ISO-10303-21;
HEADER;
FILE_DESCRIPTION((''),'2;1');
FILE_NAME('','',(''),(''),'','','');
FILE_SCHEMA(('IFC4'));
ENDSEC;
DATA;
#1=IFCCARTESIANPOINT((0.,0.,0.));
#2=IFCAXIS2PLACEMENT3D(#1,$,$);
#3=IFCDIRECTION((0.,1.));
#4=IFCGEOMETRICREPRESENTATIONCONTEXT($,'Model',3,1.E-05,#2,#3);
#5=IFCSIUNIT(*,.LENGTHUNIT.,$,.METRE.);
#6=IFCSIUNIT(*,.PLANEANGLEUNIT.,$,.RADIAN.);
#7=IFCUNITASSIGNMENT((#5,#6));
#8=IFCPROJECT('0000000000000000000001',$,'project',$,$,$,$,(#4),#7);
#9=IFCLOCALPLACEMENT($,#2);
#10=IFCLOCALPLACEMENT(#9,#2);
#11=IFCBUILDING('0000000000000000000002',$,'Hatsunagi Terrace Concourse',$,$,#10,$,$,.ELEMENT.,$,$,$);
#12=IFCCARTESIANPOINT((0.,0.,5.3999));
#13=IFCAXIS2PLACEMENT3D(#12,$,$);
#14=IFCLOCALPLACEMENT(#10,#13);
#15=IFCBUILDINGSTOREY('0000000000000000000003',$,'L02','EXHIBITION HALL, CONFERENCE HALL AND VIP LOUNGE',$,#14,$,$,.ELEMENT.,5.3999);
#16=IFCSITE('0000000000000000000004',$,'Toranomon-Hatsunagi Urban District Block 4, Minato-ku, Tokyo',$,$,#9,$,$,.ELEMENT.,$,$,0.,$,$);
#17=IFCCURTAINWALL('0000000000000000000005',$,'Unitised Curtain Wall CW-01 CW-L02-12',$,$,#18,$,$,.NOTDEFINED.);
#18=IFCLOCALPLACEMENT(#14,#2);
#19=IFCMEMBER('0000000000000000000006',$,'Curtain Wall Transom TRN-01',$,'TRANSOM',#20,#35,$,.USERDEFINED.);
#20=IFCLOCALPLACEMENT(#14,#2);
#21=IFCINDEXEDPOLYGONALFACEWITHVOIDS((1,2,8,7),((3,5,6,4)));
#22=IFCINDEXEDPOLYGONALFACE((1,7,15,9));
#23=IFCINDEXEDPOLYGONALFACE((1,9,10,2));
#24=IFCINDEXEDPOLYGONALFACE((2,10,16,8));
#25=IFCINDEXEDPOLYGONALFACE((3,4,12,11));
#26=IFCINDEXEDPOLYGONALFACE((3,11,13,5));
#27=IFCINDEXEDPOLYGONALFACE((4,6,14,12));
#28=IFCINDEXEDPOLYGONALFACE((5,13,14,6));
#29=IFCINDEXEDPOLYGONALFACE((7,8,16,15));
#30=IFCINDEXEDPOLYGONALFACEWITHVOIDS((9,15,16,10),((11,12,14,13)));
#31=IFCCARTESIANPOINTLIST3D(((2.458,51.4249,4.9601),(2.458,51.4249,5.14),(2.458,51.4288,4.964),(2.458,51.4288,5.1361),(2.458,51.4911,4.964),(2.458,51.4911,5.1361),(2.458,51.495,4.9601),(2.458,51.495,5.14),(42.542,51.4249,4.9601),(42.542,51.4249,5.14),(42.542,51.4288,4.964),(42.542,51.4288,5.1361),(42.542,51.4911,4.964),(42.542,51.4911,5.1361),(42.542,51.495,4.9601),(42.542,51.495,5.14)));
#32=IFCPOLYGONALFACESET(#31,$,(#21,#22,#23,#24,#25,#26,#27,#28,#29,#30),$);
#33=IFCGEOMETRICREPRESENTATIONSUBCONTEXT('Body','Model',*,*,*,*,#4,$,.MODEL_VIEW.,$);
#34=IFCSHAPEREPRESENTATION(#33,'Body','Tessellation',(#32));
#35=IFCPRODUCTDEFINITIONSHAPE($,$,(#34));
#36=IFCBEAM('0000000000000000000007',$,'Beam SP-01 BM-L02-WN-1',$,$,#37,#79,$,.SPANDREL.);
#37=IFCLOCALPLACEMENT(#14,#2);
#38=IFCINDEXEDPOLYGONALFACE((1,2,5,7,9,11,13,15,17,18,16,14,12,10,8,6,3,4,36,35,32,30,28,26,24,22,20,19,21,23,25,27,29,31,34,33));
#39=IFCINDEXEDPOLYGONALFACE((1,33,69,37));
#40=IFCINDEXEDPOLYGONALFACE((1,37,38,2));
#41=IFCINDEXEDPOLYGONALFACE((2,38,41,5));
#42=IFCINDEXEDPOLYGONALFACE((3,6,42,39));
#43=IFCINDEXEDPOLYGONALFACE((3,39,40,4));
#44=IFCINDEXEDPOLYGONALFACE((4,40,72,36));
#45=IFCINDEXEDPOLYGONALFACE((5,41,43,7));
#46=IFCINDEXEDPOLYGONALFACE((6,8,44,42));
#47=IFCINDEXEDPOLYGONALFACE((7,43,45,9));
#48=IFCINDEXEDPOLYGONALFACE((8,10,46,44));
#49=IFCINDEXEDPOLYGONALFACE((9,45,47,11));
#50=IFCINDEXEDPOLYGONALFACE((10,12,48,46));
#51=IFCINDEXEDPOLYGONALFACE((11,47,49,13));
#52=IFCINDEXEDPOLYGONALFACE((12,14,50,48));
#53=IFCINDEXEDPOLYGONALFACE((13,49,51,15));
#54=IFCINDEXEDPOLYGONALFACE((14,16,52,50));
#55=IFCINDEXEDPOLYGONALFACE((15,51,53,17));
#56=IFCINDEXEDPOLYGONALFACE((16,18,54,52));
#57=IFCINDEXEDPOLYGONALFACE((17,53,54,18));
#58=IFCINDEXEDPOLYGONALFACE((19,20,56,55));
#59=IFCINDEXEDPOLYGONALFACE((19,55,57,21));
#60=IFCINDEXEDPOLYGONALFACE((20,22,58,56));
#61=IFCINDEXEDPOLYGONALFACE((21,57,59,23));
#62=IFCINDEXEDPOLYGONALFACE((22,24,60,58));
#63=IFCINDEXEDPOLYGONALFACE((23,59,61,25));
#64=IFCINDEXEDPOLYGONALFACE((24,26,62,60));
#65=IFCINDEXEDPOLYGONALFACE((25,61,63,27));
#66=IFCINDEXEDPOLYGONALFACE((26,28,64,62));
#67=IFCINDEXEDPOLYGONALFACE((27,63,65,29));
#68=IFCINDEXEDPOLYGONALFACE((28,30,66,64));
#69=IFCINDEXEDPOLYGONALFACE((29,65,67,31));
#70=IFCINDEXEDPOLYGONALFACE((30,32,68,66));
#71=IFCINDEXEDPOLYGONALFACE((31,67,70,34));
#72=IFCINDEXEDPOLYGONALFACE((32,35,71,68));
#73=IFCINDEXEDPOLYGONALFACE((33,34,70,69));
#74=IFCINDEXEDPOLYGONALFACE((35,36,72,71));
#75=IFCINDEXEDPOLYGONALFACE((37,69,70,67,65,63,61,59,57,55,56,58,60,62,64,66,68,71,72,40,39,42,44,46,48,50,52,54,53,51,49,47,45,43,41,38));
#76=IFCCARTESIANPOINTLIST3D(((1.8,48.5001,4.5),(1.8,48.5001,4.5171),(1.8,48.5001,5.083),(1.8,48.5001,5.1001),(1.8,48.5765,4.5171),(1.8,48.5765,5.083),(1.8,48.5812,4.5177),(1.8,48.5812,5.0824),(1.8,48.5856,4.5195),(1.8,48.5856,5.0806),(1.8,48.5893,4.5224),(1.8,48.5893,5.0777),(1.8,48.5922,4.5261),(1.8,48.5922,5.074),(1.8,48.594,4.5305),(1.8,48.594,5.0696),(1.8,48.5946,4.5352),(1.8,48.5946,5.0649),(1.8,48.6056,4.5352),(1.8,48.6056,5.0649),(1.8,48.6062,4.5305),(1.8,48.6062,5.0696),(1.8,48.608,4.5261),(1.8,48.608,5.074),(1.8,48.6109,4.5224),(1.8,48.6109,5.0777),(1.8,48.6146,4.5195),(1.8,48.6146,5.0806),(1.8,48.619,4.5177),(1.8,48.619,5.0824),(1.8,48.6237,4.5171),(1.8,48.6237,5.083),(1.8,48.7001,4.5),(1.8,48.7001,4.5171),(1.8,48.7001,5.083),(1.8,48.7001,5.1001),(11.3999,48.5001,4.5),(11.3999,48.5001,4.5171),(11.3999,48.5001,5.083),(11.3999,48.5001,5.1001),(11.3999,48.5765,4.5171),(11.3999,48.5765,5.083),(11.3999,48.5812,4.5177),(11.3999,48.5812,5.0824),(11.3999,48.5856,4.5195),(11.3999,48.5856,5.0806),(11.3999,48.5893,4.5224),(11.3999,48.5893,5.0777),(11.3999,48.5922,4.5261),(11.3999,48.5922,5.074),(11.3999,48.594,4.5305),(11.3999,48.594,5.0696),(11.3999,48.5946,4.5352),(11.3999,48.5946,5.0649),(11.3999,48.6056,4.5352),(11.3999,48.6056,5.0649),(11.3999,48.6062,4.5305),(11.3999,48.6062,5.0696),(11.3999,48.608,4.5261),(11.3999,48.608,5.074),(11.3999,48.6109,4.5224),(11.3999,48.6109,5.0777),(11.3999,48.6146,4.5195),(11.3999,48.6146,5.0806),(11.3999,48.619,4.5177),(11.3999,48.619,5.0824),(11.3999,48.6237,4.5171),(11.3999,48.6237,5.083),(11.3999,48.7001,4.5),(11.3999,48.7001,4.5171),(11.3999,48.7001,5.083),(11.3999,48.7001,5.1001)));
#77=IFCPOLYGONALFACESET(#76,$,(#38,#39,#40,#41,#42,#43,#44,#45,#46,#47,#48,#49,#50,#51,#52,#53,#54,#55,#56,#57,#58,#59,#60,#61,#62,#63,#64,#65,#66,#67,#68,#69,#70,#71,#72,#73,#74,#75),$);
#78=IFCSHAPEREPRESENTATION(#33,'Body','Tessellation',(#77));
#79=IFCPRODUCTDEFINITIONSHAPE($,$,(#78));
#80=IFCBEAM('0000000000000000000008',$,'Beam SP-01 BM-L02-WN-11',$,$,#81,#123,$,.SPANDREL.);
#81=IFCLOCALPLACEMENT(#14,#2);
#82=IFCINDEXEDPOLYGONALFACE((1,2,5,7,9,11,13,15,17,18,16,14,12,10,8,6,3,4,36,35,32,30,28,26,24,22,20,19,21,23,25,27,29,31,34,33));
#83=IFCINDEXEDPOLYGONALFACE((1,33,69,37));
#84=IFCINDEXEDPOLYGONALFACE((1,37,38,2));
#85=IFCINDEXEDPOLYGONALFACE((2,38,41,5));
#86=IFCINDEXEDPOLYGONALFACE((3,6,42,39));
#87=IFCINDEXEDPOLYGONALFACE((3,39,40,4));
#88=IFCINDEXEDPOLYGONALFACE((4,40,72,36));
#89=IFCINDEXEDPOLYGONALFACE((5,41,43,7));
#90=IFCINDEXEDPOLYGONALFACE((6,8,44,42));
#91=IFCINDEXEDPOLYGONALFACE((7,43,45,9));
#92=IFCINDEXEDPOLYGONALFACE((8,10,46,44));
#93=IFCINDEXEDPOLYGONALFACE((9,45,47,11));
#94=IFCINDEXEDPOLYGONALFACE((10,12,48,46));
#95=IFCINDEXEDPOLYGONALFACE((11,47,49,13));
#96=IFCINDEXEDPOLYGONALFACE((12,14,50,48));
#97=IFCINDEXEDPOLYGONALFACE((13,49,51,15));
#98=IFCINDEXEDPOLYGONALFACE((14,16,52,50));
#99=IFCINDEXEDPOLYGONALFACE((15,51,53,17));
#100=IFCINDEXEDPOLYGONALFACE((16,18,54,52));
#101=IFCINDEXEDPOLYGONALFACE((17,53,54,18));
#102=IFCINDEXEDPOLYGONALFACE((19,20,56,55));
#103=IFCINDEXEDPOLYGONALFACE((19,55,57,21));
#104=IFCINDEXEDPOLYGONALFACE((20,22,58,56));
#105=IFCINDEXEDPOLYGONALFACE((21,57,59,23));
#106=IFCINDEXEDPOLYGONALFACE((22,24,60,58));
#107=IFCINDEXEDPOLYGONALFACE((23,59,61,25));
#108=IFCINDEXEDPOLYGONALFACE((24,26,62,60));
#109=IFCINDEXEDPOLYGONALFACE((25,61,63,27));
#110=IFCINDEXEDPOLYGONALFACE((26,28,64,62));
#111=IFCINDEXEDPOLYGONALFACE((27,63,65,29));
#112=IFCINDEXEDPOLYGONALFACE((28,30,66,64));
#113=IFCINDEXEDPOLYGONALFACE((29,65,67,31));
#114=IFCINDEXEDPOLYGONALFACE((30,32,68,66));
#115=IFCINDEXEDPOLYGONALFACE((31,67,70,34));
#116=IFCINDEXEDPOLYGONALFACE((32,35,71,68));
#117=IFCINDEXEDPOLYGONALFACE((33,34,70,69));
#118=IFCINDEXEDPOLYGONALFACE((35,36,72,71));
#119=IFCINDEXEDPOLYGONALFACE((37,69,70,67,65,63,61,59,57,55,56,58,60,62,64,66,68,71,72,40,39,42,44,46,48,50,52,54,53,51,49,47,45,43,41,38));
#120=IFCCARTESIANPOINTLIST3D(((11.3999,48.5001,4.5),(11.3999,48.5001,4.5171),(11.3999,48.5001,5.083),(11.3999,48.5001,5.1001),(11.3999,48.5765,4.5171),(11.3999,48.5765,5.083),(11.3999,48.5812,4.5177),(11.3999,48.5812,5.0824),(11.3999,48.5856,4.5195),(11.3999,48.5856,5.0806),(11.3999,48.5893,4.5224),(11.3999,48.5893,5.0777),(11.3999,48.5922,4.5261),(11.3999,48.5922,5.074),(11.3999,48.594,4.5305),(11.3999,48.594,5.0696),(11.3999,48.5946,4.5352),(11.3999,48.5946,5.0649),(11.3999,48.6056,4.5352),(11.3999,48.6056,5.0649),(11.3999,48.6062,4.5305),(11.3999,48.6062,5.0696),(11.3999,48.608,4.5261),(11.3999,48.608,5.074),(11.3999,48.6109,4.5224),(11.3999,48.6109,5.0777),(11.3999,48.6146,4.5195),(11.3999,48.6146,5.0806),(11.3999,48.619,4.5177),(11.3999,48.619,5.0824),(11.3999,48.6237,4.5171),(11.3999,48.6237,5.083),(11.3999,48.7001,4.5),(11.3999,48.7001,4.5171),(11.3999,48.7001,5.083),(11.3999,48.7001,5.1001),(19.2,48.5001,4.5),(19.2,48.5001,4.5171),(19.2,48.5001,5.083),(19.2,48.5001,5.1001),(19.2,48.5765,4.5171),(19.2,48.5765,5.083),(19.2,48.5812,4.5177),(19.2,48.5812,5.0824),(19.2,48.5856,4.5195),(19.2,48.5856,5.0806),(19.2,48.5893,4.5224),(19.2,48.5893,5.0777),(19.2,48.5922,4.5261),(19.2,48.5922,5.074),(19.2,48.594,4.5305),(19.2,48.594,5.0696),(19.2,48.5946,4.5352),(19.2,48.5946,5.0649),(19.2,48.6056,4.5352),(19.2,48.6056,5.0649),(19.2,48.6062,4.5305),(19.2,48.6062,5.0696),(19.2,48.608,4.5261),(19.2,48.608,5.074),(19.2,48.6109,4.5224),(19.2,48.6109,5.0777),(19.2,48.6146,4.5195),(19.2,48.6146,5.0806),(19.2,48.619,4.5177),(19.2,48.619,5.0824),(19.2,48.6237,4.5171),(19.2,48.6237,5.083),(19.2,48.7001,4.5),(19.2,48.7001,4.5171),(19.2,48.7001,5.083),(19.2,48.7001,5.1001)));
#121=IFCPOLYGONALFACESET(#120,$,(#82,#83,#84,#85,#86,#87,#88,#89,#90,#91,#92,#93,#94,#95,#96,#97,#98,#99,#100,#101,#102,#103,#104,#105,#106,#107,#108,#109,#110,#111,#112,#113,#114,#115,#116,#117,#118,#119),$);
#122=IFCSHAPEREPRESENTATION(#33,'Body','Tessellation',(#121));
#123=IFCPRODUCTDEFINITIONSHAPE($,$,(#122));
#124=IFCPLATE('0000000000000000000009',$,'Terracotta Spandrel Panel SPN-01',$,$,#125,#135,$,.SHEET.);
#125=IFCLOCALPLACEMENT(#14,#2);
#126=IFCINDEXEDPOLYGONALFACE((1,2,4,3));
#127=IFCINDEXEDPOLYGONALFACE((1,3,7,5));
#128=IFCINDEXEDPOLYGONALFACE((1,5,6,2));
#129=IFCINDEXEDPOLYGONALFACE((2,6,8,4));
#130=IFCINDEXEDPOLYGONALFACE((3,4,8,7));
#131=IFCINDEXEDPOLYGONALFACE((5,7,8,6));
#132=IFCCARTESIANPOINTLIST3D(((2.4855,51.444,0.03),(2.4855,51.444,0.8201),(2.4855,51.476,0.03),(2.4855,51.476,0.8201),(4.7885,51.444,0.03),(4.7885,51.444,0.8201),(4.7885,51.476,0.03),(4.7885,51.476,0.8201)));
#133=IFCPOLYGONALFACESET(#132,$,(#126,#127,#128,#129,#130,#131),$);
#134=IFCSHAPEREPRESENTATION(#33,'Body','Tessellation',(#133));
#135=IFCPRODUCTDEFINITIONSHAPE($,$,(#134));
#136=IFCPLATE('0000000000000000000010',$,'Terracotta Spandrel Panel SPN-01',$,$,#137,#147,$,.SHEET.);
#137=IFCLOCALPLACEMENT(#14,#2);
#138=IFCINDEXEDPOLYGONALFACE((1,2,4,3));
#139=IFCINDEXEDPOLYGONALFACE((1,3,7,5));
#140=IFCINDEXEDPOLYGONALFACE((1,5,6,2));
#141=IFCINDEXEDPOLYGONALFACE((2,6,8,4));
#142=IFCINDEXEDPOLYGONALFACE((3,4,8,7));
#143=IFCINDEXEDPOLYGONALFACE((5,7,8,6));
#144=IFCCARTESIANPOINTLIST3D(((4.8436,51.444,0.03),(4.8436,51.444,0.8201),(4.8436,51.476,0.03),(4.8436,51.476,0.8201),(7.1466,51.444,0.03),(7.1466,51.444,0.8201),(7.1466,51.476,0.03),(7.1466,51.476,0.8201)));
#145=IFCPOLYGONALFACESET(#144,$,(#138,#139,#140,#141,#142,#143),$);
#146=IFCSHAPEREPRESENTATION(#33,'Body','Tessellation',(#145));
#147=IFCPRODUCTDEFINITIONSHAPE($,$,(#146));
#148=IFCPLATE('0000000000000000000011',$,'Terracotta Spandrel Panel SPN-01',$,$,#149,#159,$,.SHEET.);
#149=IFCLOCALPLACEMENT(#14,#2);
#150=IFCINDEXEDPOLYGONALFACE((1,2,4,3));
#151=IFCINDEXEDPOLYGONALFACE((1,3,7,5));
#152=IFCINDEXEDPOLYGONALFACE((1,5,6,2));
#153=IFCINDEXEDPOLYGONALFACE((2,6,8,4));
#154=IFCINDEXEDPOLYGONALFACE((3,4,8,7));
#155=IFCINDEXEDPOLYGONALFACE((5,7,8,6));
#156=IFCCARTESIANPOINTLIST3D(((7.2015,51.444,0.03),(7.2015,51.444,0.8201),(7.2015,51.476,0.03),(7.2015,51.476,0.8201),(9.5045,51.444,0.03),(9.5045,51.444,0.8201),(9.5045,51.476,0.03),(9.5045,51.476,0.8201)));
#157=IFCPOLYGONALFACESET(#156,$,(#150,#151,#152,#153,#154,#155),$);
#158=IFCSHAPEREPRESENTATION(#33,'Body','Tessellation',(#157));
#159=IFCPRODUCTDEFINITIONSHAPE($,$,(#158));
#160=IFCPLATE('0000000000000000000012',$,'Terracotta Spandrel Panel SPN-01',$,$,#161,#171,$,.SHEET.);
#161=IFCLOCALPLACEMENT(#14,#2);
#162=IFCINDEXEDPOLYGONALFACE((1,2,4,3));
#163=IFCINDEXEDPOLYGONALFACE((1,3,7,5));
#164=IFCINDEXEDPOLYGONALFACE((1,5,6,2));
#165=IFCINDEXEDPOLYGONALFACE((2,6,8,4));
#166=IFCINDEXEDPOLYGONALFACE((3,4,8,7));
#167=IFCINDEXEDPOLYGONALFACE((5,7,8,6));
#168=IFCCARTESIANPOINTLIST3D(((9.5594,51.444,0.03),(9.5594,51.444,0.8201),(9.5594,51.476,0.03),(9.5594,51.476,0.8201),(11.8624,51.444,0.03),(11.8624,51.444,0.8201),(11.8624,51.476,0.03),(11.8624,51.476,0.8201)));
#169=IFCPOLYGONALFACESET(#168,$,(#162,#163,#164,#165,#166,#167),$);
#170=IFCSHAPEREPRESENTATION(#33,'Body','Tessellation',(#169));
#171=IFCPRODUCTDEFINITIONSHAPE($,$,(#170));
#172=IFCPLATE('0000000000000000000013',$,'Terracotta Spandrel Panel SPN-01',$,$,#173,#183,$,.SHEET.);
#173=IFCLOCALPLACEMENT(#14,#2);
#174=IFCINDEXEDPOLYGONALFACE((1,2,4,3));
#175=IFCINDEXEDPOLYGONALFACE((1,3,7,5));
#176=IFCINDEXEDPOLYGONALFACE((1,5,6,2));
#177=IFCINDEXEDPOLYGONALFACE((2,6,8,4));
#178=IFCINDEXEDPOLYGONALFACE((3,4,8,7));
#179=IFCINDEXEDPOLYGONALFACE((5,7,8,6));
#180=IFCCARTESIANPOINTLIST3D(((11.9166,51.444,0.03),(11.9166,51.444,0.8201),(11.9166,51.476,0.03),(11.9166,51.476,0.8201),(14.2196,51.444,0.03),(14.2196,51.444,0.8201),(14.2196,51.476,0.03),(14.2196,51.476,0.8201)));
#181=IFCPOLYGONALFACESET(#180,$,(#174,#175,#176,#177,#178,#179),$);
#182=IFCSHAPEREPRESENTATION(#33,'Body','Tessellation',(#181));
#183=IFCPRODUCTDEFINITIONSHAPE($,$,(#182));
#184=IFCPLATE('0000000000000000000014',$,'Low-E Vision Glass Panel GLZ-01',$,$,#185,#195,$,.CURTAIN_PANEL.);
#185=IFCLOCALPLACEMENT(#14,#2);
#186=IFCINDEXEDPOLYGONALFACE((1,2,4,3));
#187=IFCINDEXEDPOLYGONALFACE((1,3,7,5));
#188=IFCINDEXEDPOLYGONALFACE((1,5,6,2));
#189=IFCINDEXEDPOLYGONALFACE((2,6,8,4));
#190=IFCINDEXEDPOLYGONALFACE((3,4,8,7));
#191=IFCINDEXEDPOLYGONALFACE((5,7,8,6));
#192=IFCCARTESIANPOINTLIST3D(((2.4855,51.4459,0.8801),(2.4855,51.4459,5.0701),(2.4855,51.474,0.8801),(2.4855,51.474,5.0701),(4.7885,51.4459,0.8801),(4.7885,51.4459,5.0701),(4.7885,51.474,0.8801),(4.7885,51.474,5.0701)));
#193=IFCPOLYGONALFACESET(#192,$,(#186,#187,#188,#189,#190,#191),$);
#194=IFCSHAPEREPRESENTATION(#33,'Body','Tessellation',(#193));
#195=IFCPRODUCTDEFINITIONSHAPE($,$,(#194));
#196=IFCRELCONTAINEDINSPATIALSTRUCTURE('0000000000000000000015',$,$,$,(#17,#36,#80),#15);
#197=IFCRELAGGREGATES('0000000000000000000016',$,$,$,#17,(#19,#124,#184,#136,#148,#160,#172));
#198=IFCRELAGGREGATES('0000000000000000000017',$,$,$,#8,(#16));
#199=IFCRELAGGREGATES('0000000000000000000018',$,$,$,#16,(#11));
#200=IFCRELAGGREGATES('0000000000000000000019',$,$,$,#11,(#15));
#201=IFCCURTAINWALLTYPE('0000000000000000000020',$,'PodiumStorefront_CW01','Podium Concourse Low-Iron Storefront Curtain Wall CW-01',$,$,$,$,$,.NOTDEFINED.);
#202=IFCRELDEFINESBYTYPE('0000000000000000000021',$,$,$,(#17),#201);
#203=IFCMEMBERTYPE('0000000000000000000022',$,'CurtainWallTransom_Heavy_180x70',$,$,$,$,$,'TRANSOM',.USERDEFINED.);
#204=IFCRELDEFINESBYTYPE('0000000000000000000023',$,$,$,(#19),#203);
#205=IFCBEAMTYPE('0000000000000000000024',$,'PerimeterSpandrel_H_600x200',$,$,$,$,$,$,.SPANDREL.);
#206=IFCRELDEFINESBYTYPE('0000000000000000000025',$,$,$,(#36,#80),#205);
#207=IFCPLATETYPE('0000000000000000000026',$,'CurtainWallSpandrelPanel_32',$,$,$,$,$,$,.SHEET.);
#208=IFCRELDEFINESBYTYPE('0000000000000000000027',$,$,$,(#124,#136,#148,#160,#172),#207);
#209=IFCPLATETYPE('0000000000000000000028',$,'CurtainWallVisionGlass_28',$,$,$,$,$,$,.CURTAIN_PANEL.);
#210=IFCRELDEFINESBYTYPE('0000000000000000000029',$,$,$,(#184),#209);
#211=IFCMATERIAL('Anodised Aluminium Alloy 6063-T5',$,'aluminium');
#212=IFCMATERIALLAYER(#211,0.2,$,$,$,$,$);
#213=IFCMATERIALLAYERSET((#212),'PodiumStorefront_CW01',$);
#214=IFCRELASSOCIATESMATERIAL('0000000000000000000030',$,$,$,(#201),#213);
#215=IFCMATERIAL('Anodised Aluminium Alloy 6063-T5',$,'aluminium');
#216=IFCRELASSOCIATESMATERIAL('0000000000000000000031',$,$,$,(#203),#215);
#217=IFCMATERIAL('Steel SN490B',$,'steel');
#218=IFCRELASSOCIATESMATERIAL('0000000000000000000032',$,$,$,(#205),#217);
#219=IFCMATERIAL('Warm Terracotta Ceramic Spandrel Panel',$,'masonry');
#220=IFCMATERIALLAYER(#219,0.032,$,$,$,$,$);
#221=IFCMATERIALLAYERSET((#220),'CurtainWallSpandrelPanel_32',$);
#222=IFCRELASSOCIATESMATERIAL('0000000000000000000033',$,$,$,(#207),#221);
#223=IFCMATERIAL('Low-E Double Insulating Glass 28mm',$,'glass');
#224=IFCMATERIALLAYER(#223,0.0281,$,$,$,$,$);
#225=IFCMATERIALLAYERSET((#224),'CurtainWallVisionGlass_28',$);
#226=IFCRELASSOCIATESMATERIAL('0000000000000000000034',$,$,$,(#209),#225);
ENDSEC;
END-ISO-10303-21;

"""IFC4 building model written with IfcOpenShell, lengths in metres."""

from ifc_helpers import new_model, si_unit, direction, frame, origin, origin_2d, place, context, subcontext, project, spatial, rectangle, hollow_rectangle, i_section, extrude, material, layer, layer_set, material_profile, profile_set, type_object, element, aggregate, save


model = new_model("IFC4")

# Units and contexts
model_context = context("Model", 3, precision=1e-05, world=origin(), true_north=direction((0.0, 1.0)))
body_context = subcontext(model_context, "Body", "Model", "MODEL_VIEW")
ifc_project = project(units=[si_unit("LENGTHUNIT", "METRE"), si_unit("PLANEANGLEUNIT", "RADIAN")], contexts=[model_context])

# Site, building, storey
site_placement = place(None, origin())
site = spatial("IfcSite", under=ifc_project, at=site_placement, Name="Toranomon-Hatsunagi Urban District Block 4, Minato-ku, Tokyo", CompositionType="ELEMENT", RefElevation=0.0)
building_placement = place(site_placement, origin())
building = spatial("IfcBuilding", under=site, at=building_placement, Name="Hatsunagi Terrace Concourse", CompositionType="ELEMENT")
storey_placement = place(building_placement, frame((0.0, 0.0, 5.3999)))
storey = spatial("IfcBuildingStorey", under=building, at=storey_placement, Name="L02", Description="EXHIBITION HALL, CONFERENCE HALL AND VIP LOUNGE", CompositionType="ELEMENT", Elevation=5.3999)

# Shared definitions
ifc_material_1 = material(Name="Anodised Aluminium Alloy 6063-T5", Category="aluminium")
ifc_layer_1 = layer(ifc_material_1, 0.2)
ifc_layer_set_1 = layer_set([ifc_layer_1], Name="PodiumStorefront_CW01")
curtain_wall_type = type_object("IfcCurtainWallType", Name="PodiumStorefront_CW01", Description="Podium Concourse Low-Iron Storefront Curtain Wall CW-01", PredefinedType="NOTDEFINED", material=ifc_layer_set_1)

# Curtain wall, member
curtain_wall_1_placement = place(storey_placement, origin())
curtain_wall_1 = element("IfcCurtainWall", 1, at=curtain_wall_1_placement, inside=storey, type_object=curtain_wall_type, Name="Unitised Curtain Wall CW-01 CW-L02-12", PredefinedType="NOTDEFINED")
ifc_material_2 = material(Name="Anodised Aluminium Alloy 6063-T5", Category="aluminium")
ifc_material_profile_1 = material_profile(ifc_material_2, hollow_rectangle(XDim=0.0701, YDim=0.1799, WallThickness=0.0039, at=origin_2d()), Name="ALU-TRN-180x70x4")
ifc_profile_set_1 = profile_set([ifc_material_profile_1], Name="Anodised Aluminium Alloy 6063-T5")
member_type_1 = type_object("IfcMemberType", Name="CurtainWallTransom_Heavy_180x70", ElementType="TRANSOM", PredefinedType="USERDEFINED", material=ifc_profile_set_1)
member_1_placement = place(storey_placement, frame((2.458, 51.46, 5.05), z_axis=(1.0, 0.0, 0.0), x_axis=(0.0, 1.0, 0.0)))
member_1 = element("IfcMember", 2, at=member_1_placement, type_object=member_type_1, Name="Curtain Wall Transom TRN-01", ObjectType="TRANSOM", PredefinedType="USERDEFINED", context=body_context, shape_type="SweptSolid", body=[
    extrude(hollow_rectangle(XDim=0.0701, YDim=0.1799, WallThickness=0.0039, at=origin_2d()), origin(), (0.0, 0.0, 1.0), 40.084),
])

# Beams
ifc_material_3 = material(Name="Steel SN490B", Category="steel")
ifc_material_profile_2 = material_profile(ifc_material_3, i_section(OverallWidth=0.2, OverallDepth=0.6001, WebThickness=0.011, FlangeThickness=0.0171, FilletRadius=0.0181, at=origin_2d()), Name="H-600x200x11x17")
ifc_profile_set_2 = profile_set([ifc_material_profile_2], Name="Steel SN490B")
beam_type = type_object("IfcBeamType", Name="PerimeterSpandrel_H_600x200", PredefinedType="SPANDREL", material=ifc_profile_set_2)
beam_1_placement = place(storey_placement, frame((1.8, 48.6001, 4.8), z_axis=(1.0, 0.0, 0.0), x_axis=(0.0, 1.0, 0.0)))
element("IfcBeam", 3, at=beam_1_placement, inside=storey, type_object=beam_type, Name="Beam SP-01 BM-L02-WN-1", PredefinedType="SPANDREL", context=body_context, shape_type="SweptSolid", body=[
    extrude(i_section(OverallWidth=0.2, OverallDepth=0.6001, WebThickness=0.011, FlangeThickness=0.0171, FilletRadius=0.0181, at=origin_2d()), origin(), (0.0, 0.0, 1.0), 9.5999),
])
beam_2_placement = place(storey_placement, frame((11.3999, 48.6001, 4.8), z_axis=(1.0, 0.0, 0.0), x_axis=(0.0, 1.0, 0.0)))
element("IfcBeam", 4, at=beam_2_placement, inside=storey, type_object=beam_type, Name="Beam SP-01 BM-L02-WN-11", PredefinedType="SPANDREL", context=body_context, shape_type="SweptSolid", body=[
    extrude(i_section(OverallWidth=0.2, OverallDepth=0.6001, WebThickness=0.011, FlangeThickness=0.0171, FilletRadius=0.0181, at=origin_2d()), origin(), (0.0, 0.0, 1.0), 7.8),
])

# Plates
ifc_material_4 = material(Name="Warm Terracotta Ceramic Spandrel Panel", Category="masonry")
ifc_layer_2 = layer(ifc_material_4, 0.032)
ifc_layer_set_2 = layer_set([ifc_layer_2], Name="CurtainWallSpandrelPanel_32")
plate_type_1 = type_object("IfcPlateType", Name="CurtainWallSpandrelPanel_32", PredefinedType="SHEET", material=ifc_layer_set_2)
plate_1_placement = place(storey_placement, frame((3.637, 51.46, 0.03), z_axis=(0.0, 0.0, 1.0), x_axis=(1.0, 0.0, 0.0)))
plate_1 = element("IfcPlate", 5, at=plate_1_placement, type_object=plate_type_1, Name="Terracotta Spandrel Panel SPN-01", PredefinedType="SHEET", context=body_context, shape_type="SweptSolid", body=[
    extrude(rectangle(XDim=2.303, YDim=0.032, at=origin_2d()), origin(), (0.0, 0.0, 1.0), 0.79),
])
plate_2_placement = place(storey_placement, frame((5.9951, 51.46, 0.03), z_axis=(0.0, 0.0, 1.0), x_axis=(1.0, 0.0, 0.0)))
plate_2 = element("IfcPlate", 6, at=plate_2_placement, type_object=plate_type_1, Name="Terracotta Spandrel Panel SPN-01", PredefinedType="SHEET", context=body_context, shape_type="SweptSolid", body=[
    extrude(rectangle(XDim=2.303, YDim=0.032, at=origin_2d()), origin(), (0.0, 0.0, 1.0), 0.79),
])
plate_3_placement = place(storey_placement, frame((8.353, 51.46, 0.03), z_axis=(0.0, 0.0, 1.0), x_axis=(1.0, 0.0, 0.0)))
plate_3 = element("IfcPlate", 7, at=plate_3_placement, type_object=plate_type_1, Name="Terracotta Spandrel Panel SPN-01", PredefinedType="SHEET", context=body_context, shape_type="SweptSolid", body=[
    extrude(rectangle(XDim=2.303, YDim=0.032, at=origin_2d()), origin(), (0.0, 0.0, 1.0), 0.79),
])
plate_4_placement = place(storey_placement, frame((10.7109, 51.46, 0.03), z_axis=(0.0, 0.0, 1.0), x_axis=(1.0, 0.0, 0.0)))
plate_4 = element("IfcPlate", 8, at=plate_4_placement, type_object=plate_type_1, Name="Terracotta Spandrel Panel SPN-01", PredefinedType="SHEET", context=body_context, shape_type="SweptSolid", body=[
    extrude(rectangle(XDim=2.303, YDim=0.032, at=origin_2d()), origin(), (0.0, 0.0, 1.0), 0.79),
])
plate_5_placement = place(storey_placement, frame((13.0681, 51.46, 0.03), z_axis=(0.0, 0.0, 1.0), x_axis=(1.0, 0.0, 0.0)))
plate_5 = element("IfcPlate", 9, at=plate_5_placement, type_object=plate_type_1, Name="Terracotta Spandrel Panel SPN-01", PredefinedType="SHEET", context=body_context, shape_type="SweptSolid", body=[
    extrude(rectangle(XDim=2.303, YDim=0.032, at=origin_2d()), origin(), (0.0, 0.0, 1.0), 0.79),
])
ifc_material_5 = material(Name="Low-E Double Insulating Glass 28mm", Category="glass")
ifc_layer_3 = layer(ifc_material_5, 0.0281)
ifc_layer_set_3 = layer_set([ifc_layer_3], Name="CurtainWallVisionGlass_28")
plate_type_2 = type_object("IfcPlateType", Name="CurtainWallVisionGlass_28", PredefinedType="CURTAIN_PANEL", material=ifc_layer_set_3)
plate_6_placement = place(storey_placement, frame((3.637, 51.46, 0.8801), z_axis=(0.0, 0.0, 1.0), x_axis=(1.0, 0.0, 0.0)))
plate_6 = element("IfcPlate", 10, at=plate_6_placement, type_object=plate_type_2, Name="Low-E Vision Glass Panel GLZ-01", PredefinedType="CURTAIN_PANEL", context=body_context, shape_type="SweptSolid", body=[
    extrude(rectangle(XDim=2.303, YDim=0.0281, at=origin_2d()), origin(), (0.0, 0.0, 1.0), 4.1899),
])
aggregate(curtain_wall_1, [member_1, plate_1, plate_6, plate_2, plate_3, plate_4, plate_5])

save(model, "model.ifc")
